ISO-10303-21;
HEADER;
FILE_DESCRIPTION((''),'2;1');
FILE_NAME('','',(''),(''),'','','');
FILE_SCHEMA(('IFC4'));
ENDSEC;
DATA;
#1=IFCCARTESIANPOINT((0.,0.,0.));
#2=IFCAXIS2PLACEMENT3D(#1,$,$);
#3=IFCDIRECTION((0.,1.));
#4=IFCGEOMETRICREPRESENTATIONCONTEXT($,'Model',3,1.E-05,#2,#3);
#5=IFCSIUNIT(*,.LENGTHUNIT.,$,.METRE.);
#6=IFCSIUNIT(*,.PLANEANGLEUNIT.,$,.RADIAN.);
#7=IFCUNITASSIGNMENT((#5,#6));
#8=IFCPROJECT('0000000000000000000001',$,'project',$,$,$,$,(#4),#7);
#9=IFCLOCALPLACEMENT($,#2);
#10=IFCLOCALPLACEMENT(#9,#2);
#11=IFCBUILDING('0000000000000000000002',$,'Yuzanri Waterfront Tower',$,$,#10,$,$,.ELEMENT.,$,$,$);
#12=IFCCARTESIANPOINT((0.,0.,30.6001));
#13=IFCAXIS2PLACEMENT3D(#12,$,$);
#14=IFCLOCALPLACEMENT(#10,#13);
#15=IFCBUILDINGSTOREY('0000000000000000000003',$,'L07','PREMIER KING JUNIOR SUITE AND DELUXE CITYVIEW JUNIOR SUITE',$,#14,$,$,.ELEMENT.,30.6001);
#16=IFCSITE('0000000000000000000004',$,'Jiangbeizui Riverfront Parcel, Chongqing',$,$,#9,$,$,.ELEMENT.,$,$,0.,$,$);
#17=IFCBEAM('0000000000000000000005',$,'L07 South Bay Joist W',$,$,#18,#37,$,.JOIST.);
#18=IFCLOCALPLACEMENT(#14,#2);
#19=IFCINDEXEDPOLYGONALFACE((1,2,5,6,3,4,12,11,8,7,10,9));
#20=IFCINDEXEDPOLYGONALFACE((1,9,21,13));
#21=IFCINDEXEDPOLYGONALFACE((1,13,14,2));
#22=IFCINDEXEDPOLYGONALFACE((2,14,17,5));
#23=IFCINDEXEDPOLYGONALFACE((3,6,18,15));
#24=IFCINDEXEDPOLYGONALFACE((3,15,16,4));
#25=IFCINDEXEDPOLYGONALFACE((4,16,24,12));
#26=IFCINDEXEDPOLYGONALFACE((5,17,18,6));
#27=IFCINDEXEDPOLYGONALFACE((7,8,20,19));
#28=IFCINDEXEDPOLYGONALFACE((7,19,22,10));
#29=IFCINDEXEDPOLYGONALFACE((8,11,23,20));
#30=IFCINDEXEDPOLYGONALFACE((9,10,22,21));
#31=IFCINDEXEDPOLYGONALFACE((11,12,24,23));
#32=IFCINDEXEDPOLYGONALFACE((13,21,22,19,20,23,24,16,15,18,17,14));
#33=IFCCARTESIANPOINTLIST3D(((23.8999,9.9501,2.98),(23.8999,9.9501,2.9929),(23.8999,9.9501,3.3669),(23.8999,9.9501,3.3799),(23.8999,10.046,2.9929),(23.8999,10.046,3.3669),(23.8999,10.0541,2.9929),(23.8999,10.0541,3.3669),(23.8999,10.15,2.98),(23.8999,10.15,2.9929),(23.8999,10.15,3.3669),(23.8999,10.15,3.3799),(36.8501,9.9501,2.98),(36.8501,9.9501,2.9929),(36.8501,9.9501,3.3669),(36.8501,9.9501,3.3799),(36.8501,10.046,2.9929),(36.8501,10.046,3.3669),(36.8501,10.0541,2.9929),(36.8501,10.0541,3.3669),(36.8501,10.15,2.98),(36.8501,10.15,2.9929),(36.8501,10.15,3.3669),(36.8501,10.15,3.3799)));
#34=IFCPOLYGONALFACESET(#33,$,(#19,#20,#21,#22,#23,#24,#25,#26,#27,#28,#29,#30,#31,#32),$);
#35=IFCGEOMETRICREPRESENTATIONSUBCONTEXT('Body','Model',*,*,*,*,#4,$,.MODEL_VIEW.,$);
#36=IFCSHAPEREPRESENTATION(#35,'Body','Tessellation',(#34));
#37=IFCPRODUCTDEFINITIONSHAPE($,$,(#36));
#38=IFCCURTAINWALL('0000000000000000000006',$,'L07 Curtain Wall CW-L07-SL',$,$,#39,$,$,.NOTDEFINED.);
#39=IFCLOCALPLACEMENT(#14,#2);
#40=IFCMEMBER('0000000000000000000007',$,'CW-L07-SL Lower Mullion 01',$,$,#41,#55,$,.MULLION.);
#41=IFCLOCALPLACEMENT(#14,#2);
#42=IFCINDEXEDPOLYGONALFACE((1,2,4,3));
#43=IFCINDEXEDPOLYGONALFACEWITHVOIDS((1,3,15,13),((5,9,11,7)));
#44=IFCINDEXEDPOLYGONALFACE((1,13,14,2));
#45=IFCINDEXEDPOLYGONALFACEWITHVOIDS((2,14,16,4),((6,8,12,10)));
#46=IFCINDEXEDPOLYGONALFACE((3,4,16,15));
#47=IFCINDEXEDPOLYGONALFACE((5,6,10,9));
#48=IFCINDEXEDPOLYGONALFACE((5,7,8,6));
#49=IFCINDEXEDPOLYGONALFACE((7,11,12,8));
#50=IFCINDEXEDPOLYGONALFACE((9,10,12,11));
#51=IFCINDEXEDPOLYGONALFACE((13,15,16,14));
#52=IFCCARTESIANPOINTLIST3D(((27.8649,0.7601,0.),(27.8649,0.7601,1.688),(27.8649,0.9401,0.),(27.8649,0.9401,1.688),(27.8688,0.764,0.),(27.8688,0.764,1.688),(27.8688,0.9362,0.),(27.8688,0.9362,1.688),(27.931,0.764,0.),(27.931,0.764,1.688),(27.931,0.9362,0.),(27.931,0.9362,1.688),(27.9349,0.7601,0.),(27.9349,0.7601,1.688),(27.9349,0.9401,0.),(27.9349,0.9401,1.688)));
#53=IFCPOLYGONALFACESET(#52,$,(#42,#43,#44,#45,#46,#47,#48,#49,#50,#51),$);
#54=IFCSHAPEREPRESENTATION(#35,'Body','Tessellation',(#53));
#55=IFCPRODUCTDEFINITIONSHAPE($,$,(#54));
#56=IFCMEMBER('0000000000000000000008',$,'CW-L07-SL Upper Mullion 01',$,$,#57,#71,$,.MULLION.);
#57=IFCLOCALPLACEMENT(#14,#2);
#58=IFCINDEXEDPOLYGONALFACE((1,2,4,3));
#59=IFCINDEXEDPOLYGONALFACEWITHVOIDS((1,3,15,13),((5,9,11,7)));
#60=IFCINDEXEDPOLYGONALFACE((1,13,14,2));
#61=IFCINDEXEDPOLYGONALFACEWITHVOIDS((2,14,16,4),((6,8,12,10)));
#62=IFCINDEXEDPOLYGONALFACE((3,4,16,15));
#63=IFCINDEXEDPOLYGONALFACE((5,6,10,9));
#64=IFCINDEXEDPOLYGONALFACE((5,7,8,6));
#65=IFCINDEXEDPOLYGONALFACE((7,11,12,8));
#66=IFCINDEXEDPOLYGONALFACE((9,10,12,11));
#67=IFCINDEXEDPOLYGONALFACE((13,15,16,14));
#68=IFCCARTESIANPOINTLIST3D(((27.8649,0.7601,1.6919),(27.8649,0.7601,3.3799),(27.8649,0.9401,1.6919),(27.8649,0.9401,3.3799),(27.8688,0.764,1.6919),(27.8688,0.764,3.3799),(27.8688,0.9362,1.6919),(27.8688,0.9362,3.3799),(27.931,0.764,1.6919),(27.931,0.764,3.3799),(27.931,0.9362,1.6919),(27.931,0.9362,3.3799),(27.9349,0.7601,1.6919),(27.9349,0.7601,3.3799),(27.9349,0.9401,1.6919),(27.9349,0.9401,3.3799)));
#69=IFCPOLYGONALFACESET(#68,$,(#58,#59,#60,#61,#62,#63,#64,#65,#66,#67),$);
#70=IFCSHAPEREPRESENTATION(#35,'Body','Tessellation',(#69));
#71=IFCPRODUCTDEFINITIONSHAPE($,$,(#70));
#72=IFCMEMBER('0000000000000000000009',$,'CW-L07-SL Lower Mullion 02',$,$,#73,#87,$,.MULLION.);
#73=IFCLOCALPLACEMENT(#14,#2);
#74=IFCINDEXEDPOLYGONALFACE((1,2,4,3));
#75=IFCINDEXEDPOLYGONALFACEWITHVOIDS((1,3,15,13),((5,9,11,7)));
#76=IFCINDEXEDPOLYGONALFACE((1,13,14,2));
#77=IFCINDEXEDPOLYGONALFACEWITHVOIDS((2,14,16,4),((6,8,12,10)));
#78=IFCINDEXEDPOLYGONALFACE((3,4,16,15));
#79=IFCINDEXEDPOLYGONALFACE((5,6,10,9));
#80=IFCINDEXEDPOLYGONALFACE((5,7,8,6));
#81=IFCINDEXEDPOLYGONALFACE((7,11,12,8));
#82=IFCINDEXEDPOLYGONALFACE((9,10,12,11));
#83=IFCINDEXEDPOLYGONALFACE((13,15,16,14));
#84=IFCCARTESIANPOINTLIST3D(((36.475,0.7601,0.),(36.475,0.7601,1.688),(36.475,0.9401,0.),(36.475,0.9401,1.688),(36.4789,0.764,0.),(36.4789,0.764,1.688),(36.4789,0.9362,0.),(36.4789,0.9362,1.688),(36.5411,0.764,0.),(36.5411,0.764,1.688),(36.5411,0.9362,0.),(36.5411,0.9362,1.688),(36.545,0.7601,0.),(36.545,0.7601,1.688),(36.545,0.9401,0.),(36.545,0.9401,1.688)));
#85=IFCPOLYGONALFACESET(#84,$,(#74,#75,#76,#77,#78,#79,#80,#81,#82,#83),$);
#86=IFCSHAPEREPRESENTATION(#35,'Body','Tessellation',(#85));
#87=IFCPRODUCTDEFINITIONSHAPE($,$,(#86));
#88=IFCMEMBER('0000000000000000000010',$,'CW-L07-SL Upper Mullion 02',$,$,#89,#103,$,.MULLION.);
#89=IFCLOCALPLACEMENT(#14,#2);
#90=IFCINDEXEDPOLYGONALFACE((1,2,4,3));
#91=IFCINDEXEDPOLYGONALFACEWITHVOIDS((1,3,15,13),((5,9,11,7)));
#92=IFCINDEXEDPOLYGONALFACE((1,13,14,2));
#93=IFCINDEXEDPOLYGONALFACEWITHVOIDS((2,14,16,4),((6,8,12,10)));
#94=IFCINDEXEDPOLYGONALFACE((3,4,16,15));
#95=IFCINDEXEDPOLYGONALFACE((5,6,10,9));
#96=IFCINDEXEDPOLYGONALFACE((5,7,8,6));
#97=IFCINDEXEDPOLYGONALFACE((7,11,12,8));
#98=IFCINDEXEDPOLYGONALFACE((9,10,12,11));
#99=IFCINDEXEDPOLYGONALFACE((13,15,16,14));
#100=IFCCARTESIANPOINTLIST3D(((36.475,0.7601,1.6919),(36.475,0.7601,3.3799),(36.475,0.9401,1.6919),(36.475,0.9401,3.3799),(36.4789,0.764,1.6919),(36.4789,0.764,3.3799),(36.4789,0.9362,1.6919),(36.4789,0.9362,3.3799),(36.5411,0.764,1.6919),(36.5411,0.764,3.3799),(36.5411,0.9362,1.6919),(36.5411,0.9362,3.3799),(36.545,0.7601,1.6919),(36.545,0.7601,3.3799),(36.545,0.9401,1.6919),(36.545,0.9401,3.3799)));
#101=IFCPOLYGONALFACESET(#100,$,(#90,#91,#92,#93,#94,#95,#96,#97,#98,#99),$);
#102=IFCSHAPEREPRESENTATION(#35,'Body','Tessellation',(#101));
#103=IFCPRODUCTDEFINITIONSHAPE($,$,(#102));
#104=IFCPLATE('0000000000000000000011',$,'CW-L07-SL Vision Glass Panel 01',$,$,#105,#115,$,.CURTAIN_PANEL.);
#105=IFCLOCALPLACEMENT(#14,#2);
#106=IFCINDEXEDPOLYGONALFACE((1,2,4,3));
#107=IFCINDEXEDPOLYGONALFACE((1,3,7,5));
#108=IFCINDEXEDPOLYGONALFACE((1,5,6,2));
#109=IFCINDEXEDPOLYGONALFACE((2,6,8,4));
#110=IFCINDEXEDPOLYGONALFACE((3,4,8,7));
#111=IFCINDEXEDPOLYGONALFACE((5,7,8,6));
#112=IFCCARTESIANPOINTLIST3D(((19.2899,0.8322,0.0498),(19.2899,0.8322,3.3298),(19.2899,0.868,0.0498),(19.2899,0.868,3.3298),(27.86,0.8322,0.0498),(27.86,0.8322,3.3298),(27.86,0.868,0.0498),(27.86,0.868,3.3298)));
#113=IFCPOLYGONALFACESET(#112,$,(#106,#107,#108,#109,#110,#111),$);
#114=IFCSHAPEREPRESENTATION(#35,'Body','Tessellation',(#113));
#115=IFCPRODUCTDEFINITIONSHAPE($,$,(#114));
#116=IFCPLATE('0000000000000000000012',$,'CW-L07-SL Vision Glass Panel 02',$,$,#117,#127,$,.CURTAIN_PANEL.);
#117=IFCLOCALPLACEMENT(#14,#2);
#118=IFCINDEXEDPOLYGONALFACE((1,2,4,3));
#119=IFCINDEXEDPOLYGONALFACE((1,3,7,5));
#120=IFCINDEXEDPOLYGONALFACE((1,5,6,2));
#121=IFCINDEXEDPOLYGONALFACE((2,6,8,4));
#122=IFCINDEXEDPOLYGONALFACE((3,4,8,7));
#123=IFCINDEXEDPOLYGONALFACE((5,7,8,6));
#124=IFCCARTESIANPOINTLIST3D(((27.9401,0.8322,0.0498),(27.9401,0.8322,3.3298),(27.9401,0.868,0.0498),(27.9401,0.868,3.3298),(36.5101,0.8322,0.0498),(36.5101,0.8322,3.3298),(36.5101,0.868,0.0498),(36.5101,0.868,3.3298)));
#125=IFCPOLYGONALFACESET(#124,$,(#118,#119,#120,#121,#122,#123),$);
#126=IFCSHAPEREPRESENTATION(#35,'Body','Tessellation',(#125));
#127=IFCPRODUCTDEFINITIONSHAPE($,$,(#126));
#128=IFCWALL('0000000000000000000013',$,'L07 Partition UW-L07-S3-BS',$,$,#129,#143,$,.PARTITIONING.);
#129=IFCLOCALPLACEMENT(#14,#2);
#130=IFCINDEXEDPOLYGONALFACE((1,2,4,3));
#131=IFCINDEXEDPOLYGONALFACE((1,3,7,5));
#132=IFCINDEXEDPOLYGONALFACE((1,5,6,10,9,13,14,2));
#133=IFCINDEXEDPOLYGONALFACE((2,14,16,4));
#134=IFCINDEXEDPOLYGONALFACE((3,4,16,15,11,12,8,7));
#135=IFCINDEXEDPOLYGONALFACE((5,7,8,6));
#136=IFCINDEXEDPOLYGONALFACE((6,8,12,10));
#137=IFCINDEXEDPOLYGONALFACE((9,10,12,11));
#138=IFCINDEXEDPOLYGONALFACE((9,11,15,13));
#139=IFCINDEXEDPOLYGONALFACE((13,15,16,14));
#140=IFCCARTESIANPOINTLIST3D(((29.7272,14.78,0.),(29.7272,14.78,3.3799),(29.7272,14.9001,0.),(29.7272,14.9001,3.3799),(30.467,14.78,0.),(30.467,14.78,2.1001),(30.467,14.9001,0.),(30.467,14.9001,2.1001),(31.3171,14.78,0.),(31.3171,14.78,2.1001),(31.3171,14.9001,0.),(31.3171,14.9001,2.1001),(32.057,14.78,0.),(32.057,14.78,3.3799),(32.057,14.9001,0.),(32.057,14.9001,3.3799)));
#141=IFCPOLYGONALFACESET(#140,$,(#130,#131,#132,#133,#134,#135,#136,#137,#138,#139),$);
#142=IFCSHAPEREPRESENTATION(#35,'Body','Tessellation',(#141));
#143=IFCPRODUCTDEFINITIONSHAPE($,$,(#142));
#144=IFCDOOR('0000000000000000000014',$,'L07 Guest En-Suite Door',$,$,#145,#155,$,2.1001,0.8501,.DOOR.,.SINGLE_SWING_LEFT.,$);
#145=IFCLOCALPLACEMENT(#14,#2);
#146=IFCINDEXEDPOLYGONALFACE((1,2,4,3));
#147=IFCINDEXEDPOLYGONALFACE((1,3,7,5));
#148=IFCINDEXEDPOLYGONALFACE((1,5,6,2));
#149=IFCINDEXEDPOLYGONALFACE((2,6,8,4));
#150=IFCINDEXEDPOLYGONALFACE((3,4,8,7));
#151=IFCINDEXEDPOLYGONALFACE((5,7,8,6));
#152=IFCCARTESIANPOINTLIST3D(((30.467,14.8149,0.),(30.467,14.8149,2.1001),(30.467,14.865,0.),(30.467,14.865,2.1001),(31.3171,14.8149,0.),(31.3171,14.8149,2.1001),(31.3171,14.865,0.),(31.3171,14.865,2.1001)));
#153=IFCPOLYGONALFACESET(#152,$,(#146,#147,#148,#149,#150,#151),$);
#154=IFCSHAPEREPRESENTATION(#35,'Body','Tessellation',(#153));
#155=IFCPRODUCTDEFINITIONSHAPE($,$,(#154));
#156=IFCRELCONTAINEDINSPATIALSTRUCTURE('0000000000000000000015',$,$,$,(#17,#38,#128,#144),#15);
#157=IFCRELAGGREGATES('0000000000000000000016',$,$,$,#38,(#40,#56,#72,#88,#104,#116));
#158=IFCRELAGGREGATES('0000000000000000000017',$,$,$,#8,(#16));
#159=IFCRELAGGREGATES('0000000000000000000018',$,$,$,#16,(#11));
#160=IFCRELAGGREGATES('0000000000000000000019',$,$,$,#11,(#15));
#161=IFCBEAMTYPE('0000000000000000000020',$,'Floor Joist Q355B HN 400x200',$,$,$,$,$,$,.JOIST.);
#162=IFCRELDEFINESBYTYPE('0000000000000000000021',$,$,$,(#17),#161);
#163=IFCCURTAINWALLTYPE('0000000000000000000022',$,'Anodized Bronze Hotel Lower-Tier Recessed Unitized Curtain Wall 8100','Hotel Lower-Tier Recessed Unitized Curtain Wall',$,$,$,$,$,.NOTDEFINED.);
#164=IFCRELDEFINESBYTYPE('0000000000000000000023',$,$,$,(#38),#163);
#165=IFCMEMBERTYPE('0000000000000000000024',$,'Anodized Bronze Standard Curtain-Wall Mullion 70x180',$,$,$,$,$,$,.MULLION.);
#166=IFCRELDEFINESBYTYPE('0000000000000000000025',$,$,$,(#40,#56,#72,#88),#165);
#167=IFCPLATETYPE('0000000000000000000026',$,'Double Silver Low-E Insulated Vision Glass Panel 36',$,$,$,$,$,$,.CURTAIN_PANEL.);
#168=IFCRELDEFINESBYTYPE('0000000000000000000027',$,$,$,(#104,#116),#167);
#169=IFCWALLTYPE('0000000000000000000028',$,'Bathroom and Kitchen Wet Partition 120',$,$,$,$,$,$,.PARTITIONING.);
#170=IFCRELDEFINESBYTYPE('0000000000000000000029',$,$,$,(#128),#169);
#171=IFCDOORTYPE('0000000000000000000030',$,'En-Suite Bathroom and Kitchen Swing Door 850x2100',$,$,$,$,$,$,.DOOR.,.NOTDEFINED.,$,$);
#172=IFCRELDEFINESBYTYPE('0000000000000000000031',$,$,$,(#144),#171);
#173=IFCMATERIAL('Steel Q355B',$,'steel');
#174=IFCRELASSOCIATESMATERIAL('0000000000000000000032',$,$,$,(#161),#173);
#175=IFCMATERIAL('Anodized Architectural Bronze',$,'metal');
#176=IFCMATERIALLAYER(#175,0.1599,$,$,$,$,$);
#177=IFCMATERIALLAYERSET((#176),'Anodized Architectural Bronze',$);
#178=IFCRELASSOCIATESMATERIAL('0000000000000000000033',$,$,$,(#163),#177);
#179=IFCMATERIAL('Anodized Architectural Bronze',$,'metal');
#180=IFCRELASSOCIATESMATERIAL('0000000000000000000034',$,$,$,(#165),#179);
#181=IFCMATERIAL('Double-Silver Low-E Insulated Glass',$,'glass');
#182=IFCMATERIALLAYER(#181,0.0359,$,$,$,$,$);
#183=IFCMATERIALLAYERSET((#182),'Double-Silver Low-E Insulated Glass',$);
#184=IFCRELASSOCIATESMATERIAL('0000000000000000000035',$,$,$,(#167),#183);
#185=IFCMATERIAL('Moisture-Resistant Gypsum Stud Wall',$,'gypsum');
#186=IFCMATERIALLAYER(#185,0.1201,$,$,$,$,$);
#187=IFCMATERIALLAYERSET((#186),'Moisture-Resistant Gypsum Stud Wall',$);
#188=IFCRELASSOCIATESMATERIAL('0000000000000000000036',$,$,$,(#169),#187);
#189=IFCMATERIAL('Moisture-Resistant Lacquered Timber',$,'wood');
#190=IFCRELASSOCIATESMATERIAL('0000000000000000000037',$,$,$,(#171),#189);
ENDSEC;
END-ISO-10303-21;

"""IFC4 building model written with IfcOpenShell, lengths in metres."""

from ifc_helpers import new_model, si_unit, direction, frame, frame_2d, origin, origin_2d, place, context, subcontext, project, spatial, rectangle, hollow_rectangle, i_section, extrude, source, transform, mapped, material, layer, layer_set, material_profile, profile_set, type_object, element, fill, aggregate, save


model = new_model("IFC4")

# Units and contexts
model_context = context("Model", 3, precision=1e-05, world=origin(), true_north=direction((0.0, 1.0)))
body_context = subcontext(model_context, "Body", "Model", "MODEL_VIEW")
ifc_project = project(units=[si_unit("LENGTHUNIT", "METRE"), si_unit("PLANEANGLEUNIT", "RADIAN")], contexts=[model_context])

# Site, building, storey
site_placement = place(None, origin())
site = spatial("IfcSite", under=ifc_project, at=site_placement, Name="Jiangbeizui Riverfront Parcel, Chongqing", CompositionType="ELEMENT", RefElevation=0.0)
building_placement = place(site_placement, origin())
building = spatial("IfcBuilding", under=site, at=building_placement, Name="Yuzanri Waterfront Tower", CompositionType="ELEMENT")
storey_placement = place(building_placement, frame((0.0, 0.0, 30.6001)))
storey = spatial("IfcBuildingStorey", under=building, at=storey_placement, Name="L07", Description="PREMIER KING JUNIOR SUITE AND DELUXE CITYVIEW JUNIOR SUITE", CompositionType="ELEMENT", Elevation=30.6001)

# Beam
ifc_material_1 = material(Name="Steel Q355B", Category="steel")
ifc_material_profile_1 = material_profile(ifc_material_1, i_section(OverallWidth=0.2, OverallDepth=0.3999, WebThickness=0.0081, FlangeThickness=0.0129, at=origin_2d()), Name="HN 400x200x8x13")
ifc_profile_set_1 = profile_set([ifc_material_profile_1], Name="Steel Q355B")
beam_type = type_object("IfcBeamType", Name="Floor Joist Q355B HN 400x200", PredefinedType="JOIST", material=ifc_profile_set_1)
shared_shape_1 = source(origin(), body_context, "Body", "SweptSolid", [
    extrude(i_section(OverallWidth=0.2, OverallDepth=0.3999, WebThickness=0.0081, FlangeThickness=0.0129, at=origin_2d()), origin(), (0.0, 0.0, 1.0), 12.9502),
])
beam_placement = place(storey_placement, frame((23.8999, 10.05, 3.1799), z_axis=(1.0, 0.0, 0.0), x_axis=(0.0, 1.0, 0.0)))
element("IfcBeam", 1, at=beam_placement, inside=storey, type_object=beam_type, Name="L07 South Bay Joist W", PredefinedType="JOIST", context=body_context, shape_type="MappedRepresentation", body=[
    mapped(shared_shape_1, transform((0.0, 0.0, 0.0), scale=1.0)),
])

# Curtain wall, members, plates
ifc_material_2 = material(Name="Anodized Architectural Bronze", Category="metal")
ifc_layer_1 = layer(ifc_material_2, 0.1599)
ifc_layer_set_1 = layer_set([ifc_layer_1], Name="Anodized Architectural Bronze")
curtain_wall_type = type_object("IfcCurtainWallType", Name="Anodized Bronze Hotel Lower-Tier Recessed Unitized Curtain Wall 8100", Description="Hotel Lower-Tier Recessed Unitized Curtain Wall", PredefinedType="NOTDEFINED", material=ifc_layer_set_1)
curtain_wall_placement = place(storey_placement, origin())
curtain_wall = element("IfcCurtainWall", 2, at=curtain_wall_placement, inside=storey, type_object=curtain_wall_type, Name="L07 Curtain Wall CW-L07-SL", PredefinedType="NOTDEFINED")
ifc_material_3 = material(Name="Anodized Architectural Bronze", Category="metal")
ifc_material_profile_2 = material_profile(ifc_material_3, hollow_rectangle(XDim=0.0701, YDim=0.1799, WallThickness=0.0039, at=origin_2d()), Name="CWM 70x180")
ifc_profile_set_2 = profile_set([ifc_material_profile_2], Name="Anodized Architectural Bronze")
member_type = type_object("IfcMemberType", Name="Anodized Bronze Standard Curtain-Wall Mullion 70x180", PredefinedType="MULLION", material=ifc_profile_set_2)
shared_shape_2 = source(origin(), body_context, "Body", "SweptSolid", [
    extrude(hollow_rectangle(XDim=0.0701, YDim=0.1799, WallThickness=0.0039, at=origin_2d()), origin(), (0.0, 0.0, 1.0), 1.688),
])
member_1_placement = place(storey_placement, frame((27.8999, 0.8501, 0.0), z_axis=(0.0, 0.0, 1.0), x_axis=(1.0, 0.0, 0.0)))
member_1 = element("IfcMember", 3, at=member_1_placement, type_object=member_type, Name="CW-L07-SL Lower Mullion 01", PredefinedType="MULLION", context=body_context, shape_type="MappedRepresentation", body=[
    mapped(shared_shape_2, transform((0.0, 0.0, 0.0), scale=1.0)),
])
member_2_placement = place(storey_placement, frame((27.8999, 0.8501, 1.6919), z_axis=(0.0, 0.0, 1.0), x_axis=(1.0, 0.0, 0.0)))
member_2 = element("IfcMember", 4, at=member_2_placement, type_object=member_type, Name="CW-L07-SL Upper Mullion 01", PredefinedType="MULLION", context=body_context, shape_type="MappedRepresentation", body=[
    mapped(shared_shape_2, transform((0.0, 0.0, 0.0), scale=1.0)),
])
member_3_placement = place(storey_placement, frame((36.51, 0.8501, 0.0), z_axis=(0.0, 0.0, 1.0), x_axis=(1.0, 0.0, 0.0)))
member_3 = element("IfcMember", 5, at=member_3_placement, type_object=member_type, Name="CW-L07-SL Lower Mullion 02", PredefinedType="MULLION", context=body_context, shape_type="MappedRepresentation", body=[
    mapped(shared_shape_2, transform((0.0, 0.0, 0.0), scale=1.0)),
])
member_4_placement = place(storey_placement, frame((36.51, 0.8501, 1.6919), z_axis=(0.0, 0.0, 1.0), x_axis=(1.0, 0.0, 0.0)))
member_4 = element("IfcMember", 6, at=member_4_placement, type_object=member_type, Name="CW-L07-SL Upper Mullion 02", PredefinedType="MULLION", context=body_context, shape_type="MappedRepresentation", body=[
    mapped(shared_shape_2, transform((0.0, 0.0, 0.0), scale=1.0)),
])
ifc_material_4 = material(Name="Double-Silver Low-E Insulated Glass", Category="glass")
ifc_layer_2 = layer(ifc_material_4, 0.0359)
ifc_layer_set_2 = layer_set([ifc_layer_2], Name="Double-Silver Low-E Insulated Glass")
plate_type = type_object("IfcPlateType", Name="Double Silver Low-E Insulated Vision Glass Panel 36", PredefinedType="CURTAIN_PANEL", material=ifc_layer_set_2)
shared_shape_3 = source(origin(), body_context, "Body", "SweptSolid", [
    extrude(rectangle(XDim=8.5701, YDim=0.0359, at=origin_2d()), origin(), (0.0, 0.0, 1.0), 3.28),
])
plate_1_placement = place(storey_placement, frame((23.575, 0.8501, 0.0498), z_axis=(0.0, 0.0, 1.0), x_axis=(1.0, 0.0, 0.0)))
plate_1 = element("IfcPlate", 7, at=plate_1_placement, type_object=plate_type, Name="CW-L07-SL Vision Glass Panel 01", PredefinedType="CURTAIN_PANEL", context=body_context, shape_type="MappedRepresentation", body=[
    mapped(shared_shape_3, transform((0.0, 0.0, 0.0), scale=1.0)),
])
plate_2_placement = place(storey_placement, frame((32.2251, 0.8501, 0.0498), z_axis=(0.0, 0.0, 1.0), x_axis=(1.0, 0.0, 0.0)))
plate_2 = element("IfcPlate", 8, at=plate_2_placement, type_object=plate_type, Name="CW-L07-SL Vision Glass Panel 02", PredefinedType="CURTAIN_PANEL", context=body_context, shape_type="MappedRepresentation", body=[
    mapped(shared_shape_3, transform((0.0, 0.0, 0.0), scale=1.0)),
])
aggregate(curtain_wall, [member_1, member_2, member_3, member_4, plate_1, plate_2])

# Wall, opening, door
ifc_material_5 = material(Name="Moisture-Resistant Gypsum Stud Wall", Category="gypsum")
ifc_layer_3 = layer(ifc_material_5, 0.1201)
ifc_layer_set_3 = layer_set([ifc_layer_3], Name="Moisture-Resistant Gypsum Stud Wall")
wall_type_1 = type_object("IfcWallType", Name="Bathroom and Kitchen Wet Partition 120", PredefinedType="PARTITIONING", material=ifc_layer_set_3)
wall_1_placement = place(storey_placement, frame((29.7271, 14.8401, 0.0), z_axis=(0.0, 0.0, 1.0), x_axis=(1.0, 0.0, 0.0)))
wall_1 = element("IfcWall", 9, at=wall_1_placement, inside=storey, type_object=wall_type_1, Name="L07 Partition UW-L07-S3-BS", PredefinedType="PARTITIONING", context=body_context, shape_type="SweptSolid", body=[
    extrude(rectangle(XDim=2.3298, YDim=0.1201, at=frame_2d((1.165, 0.0))), origin(), (0.0, 0.0, 1.0), 3.3799),
])
opening_1_placement = place(wall_1_placement, frame((0.74, 0.0, 0.0)))
opening_1 = element("IfcOpeningElement", 10, at=opening_1_placement, cuts=wall_1, PredefinedType="OPENING", context=body_context, shape_type="SweptSolid", body=[
    extrude(rectangle(XDim=0.8501, YDim=2.1001, at=frame_2d((0.425, 1.05))), frame((0.0, 0.075, 0.0), z_axis=(0.0, -1.0, 0.0), x_axis=(1.0, 0.0, 0.0)), (0.0, 0.0, 1.0), 0.1499),
])
ifc_material_6 = material(Name="Moisture-Resistant Lacquered Timber", Category="wood")
door_type_1 = type_object("IfcDoorType", Name="En-Suite Bathroom and Kitchen Swing Door 850x2100", OperationType="NOTDEFINED", PredefinedType="DOOR", material=ifc_material_6)
shared_shape_4 = source(origin(), body_context, "Body", "SweptSolid", [
    extrude(rectangle(XDim=0.8501, YDim=2.1001, at=frame_2d((0.425, 1.05))), frame((0.0, 0.0249, 0.0), z_axis=(0.0, -1.0, 0.0), x_axis=(1.0, 0.0, 0.0)), (0.0, 0.0, 1.0), 0.05),
])
door_1_placement = place(opening_1_placement, origin())
door_1 = element("IfcDoor", 11, at=door_1_placement, inside=storey, type_object=door_type_1, Name="L07 Guest En-Suite Door", OperationType="SINGLE_SWING_LEFT", OverallHeight=2.1001, OverallWidth=0.8501, PredefinedType="DOOR", context=body_context, shape_type="MappedRepresentation", body=[
    mapped(shared_shape_4, transform((0.0, 0.0, 0.0), scale=1.0)),
])
fill(opening_1, door_1)

save(model, "model.ifc")
